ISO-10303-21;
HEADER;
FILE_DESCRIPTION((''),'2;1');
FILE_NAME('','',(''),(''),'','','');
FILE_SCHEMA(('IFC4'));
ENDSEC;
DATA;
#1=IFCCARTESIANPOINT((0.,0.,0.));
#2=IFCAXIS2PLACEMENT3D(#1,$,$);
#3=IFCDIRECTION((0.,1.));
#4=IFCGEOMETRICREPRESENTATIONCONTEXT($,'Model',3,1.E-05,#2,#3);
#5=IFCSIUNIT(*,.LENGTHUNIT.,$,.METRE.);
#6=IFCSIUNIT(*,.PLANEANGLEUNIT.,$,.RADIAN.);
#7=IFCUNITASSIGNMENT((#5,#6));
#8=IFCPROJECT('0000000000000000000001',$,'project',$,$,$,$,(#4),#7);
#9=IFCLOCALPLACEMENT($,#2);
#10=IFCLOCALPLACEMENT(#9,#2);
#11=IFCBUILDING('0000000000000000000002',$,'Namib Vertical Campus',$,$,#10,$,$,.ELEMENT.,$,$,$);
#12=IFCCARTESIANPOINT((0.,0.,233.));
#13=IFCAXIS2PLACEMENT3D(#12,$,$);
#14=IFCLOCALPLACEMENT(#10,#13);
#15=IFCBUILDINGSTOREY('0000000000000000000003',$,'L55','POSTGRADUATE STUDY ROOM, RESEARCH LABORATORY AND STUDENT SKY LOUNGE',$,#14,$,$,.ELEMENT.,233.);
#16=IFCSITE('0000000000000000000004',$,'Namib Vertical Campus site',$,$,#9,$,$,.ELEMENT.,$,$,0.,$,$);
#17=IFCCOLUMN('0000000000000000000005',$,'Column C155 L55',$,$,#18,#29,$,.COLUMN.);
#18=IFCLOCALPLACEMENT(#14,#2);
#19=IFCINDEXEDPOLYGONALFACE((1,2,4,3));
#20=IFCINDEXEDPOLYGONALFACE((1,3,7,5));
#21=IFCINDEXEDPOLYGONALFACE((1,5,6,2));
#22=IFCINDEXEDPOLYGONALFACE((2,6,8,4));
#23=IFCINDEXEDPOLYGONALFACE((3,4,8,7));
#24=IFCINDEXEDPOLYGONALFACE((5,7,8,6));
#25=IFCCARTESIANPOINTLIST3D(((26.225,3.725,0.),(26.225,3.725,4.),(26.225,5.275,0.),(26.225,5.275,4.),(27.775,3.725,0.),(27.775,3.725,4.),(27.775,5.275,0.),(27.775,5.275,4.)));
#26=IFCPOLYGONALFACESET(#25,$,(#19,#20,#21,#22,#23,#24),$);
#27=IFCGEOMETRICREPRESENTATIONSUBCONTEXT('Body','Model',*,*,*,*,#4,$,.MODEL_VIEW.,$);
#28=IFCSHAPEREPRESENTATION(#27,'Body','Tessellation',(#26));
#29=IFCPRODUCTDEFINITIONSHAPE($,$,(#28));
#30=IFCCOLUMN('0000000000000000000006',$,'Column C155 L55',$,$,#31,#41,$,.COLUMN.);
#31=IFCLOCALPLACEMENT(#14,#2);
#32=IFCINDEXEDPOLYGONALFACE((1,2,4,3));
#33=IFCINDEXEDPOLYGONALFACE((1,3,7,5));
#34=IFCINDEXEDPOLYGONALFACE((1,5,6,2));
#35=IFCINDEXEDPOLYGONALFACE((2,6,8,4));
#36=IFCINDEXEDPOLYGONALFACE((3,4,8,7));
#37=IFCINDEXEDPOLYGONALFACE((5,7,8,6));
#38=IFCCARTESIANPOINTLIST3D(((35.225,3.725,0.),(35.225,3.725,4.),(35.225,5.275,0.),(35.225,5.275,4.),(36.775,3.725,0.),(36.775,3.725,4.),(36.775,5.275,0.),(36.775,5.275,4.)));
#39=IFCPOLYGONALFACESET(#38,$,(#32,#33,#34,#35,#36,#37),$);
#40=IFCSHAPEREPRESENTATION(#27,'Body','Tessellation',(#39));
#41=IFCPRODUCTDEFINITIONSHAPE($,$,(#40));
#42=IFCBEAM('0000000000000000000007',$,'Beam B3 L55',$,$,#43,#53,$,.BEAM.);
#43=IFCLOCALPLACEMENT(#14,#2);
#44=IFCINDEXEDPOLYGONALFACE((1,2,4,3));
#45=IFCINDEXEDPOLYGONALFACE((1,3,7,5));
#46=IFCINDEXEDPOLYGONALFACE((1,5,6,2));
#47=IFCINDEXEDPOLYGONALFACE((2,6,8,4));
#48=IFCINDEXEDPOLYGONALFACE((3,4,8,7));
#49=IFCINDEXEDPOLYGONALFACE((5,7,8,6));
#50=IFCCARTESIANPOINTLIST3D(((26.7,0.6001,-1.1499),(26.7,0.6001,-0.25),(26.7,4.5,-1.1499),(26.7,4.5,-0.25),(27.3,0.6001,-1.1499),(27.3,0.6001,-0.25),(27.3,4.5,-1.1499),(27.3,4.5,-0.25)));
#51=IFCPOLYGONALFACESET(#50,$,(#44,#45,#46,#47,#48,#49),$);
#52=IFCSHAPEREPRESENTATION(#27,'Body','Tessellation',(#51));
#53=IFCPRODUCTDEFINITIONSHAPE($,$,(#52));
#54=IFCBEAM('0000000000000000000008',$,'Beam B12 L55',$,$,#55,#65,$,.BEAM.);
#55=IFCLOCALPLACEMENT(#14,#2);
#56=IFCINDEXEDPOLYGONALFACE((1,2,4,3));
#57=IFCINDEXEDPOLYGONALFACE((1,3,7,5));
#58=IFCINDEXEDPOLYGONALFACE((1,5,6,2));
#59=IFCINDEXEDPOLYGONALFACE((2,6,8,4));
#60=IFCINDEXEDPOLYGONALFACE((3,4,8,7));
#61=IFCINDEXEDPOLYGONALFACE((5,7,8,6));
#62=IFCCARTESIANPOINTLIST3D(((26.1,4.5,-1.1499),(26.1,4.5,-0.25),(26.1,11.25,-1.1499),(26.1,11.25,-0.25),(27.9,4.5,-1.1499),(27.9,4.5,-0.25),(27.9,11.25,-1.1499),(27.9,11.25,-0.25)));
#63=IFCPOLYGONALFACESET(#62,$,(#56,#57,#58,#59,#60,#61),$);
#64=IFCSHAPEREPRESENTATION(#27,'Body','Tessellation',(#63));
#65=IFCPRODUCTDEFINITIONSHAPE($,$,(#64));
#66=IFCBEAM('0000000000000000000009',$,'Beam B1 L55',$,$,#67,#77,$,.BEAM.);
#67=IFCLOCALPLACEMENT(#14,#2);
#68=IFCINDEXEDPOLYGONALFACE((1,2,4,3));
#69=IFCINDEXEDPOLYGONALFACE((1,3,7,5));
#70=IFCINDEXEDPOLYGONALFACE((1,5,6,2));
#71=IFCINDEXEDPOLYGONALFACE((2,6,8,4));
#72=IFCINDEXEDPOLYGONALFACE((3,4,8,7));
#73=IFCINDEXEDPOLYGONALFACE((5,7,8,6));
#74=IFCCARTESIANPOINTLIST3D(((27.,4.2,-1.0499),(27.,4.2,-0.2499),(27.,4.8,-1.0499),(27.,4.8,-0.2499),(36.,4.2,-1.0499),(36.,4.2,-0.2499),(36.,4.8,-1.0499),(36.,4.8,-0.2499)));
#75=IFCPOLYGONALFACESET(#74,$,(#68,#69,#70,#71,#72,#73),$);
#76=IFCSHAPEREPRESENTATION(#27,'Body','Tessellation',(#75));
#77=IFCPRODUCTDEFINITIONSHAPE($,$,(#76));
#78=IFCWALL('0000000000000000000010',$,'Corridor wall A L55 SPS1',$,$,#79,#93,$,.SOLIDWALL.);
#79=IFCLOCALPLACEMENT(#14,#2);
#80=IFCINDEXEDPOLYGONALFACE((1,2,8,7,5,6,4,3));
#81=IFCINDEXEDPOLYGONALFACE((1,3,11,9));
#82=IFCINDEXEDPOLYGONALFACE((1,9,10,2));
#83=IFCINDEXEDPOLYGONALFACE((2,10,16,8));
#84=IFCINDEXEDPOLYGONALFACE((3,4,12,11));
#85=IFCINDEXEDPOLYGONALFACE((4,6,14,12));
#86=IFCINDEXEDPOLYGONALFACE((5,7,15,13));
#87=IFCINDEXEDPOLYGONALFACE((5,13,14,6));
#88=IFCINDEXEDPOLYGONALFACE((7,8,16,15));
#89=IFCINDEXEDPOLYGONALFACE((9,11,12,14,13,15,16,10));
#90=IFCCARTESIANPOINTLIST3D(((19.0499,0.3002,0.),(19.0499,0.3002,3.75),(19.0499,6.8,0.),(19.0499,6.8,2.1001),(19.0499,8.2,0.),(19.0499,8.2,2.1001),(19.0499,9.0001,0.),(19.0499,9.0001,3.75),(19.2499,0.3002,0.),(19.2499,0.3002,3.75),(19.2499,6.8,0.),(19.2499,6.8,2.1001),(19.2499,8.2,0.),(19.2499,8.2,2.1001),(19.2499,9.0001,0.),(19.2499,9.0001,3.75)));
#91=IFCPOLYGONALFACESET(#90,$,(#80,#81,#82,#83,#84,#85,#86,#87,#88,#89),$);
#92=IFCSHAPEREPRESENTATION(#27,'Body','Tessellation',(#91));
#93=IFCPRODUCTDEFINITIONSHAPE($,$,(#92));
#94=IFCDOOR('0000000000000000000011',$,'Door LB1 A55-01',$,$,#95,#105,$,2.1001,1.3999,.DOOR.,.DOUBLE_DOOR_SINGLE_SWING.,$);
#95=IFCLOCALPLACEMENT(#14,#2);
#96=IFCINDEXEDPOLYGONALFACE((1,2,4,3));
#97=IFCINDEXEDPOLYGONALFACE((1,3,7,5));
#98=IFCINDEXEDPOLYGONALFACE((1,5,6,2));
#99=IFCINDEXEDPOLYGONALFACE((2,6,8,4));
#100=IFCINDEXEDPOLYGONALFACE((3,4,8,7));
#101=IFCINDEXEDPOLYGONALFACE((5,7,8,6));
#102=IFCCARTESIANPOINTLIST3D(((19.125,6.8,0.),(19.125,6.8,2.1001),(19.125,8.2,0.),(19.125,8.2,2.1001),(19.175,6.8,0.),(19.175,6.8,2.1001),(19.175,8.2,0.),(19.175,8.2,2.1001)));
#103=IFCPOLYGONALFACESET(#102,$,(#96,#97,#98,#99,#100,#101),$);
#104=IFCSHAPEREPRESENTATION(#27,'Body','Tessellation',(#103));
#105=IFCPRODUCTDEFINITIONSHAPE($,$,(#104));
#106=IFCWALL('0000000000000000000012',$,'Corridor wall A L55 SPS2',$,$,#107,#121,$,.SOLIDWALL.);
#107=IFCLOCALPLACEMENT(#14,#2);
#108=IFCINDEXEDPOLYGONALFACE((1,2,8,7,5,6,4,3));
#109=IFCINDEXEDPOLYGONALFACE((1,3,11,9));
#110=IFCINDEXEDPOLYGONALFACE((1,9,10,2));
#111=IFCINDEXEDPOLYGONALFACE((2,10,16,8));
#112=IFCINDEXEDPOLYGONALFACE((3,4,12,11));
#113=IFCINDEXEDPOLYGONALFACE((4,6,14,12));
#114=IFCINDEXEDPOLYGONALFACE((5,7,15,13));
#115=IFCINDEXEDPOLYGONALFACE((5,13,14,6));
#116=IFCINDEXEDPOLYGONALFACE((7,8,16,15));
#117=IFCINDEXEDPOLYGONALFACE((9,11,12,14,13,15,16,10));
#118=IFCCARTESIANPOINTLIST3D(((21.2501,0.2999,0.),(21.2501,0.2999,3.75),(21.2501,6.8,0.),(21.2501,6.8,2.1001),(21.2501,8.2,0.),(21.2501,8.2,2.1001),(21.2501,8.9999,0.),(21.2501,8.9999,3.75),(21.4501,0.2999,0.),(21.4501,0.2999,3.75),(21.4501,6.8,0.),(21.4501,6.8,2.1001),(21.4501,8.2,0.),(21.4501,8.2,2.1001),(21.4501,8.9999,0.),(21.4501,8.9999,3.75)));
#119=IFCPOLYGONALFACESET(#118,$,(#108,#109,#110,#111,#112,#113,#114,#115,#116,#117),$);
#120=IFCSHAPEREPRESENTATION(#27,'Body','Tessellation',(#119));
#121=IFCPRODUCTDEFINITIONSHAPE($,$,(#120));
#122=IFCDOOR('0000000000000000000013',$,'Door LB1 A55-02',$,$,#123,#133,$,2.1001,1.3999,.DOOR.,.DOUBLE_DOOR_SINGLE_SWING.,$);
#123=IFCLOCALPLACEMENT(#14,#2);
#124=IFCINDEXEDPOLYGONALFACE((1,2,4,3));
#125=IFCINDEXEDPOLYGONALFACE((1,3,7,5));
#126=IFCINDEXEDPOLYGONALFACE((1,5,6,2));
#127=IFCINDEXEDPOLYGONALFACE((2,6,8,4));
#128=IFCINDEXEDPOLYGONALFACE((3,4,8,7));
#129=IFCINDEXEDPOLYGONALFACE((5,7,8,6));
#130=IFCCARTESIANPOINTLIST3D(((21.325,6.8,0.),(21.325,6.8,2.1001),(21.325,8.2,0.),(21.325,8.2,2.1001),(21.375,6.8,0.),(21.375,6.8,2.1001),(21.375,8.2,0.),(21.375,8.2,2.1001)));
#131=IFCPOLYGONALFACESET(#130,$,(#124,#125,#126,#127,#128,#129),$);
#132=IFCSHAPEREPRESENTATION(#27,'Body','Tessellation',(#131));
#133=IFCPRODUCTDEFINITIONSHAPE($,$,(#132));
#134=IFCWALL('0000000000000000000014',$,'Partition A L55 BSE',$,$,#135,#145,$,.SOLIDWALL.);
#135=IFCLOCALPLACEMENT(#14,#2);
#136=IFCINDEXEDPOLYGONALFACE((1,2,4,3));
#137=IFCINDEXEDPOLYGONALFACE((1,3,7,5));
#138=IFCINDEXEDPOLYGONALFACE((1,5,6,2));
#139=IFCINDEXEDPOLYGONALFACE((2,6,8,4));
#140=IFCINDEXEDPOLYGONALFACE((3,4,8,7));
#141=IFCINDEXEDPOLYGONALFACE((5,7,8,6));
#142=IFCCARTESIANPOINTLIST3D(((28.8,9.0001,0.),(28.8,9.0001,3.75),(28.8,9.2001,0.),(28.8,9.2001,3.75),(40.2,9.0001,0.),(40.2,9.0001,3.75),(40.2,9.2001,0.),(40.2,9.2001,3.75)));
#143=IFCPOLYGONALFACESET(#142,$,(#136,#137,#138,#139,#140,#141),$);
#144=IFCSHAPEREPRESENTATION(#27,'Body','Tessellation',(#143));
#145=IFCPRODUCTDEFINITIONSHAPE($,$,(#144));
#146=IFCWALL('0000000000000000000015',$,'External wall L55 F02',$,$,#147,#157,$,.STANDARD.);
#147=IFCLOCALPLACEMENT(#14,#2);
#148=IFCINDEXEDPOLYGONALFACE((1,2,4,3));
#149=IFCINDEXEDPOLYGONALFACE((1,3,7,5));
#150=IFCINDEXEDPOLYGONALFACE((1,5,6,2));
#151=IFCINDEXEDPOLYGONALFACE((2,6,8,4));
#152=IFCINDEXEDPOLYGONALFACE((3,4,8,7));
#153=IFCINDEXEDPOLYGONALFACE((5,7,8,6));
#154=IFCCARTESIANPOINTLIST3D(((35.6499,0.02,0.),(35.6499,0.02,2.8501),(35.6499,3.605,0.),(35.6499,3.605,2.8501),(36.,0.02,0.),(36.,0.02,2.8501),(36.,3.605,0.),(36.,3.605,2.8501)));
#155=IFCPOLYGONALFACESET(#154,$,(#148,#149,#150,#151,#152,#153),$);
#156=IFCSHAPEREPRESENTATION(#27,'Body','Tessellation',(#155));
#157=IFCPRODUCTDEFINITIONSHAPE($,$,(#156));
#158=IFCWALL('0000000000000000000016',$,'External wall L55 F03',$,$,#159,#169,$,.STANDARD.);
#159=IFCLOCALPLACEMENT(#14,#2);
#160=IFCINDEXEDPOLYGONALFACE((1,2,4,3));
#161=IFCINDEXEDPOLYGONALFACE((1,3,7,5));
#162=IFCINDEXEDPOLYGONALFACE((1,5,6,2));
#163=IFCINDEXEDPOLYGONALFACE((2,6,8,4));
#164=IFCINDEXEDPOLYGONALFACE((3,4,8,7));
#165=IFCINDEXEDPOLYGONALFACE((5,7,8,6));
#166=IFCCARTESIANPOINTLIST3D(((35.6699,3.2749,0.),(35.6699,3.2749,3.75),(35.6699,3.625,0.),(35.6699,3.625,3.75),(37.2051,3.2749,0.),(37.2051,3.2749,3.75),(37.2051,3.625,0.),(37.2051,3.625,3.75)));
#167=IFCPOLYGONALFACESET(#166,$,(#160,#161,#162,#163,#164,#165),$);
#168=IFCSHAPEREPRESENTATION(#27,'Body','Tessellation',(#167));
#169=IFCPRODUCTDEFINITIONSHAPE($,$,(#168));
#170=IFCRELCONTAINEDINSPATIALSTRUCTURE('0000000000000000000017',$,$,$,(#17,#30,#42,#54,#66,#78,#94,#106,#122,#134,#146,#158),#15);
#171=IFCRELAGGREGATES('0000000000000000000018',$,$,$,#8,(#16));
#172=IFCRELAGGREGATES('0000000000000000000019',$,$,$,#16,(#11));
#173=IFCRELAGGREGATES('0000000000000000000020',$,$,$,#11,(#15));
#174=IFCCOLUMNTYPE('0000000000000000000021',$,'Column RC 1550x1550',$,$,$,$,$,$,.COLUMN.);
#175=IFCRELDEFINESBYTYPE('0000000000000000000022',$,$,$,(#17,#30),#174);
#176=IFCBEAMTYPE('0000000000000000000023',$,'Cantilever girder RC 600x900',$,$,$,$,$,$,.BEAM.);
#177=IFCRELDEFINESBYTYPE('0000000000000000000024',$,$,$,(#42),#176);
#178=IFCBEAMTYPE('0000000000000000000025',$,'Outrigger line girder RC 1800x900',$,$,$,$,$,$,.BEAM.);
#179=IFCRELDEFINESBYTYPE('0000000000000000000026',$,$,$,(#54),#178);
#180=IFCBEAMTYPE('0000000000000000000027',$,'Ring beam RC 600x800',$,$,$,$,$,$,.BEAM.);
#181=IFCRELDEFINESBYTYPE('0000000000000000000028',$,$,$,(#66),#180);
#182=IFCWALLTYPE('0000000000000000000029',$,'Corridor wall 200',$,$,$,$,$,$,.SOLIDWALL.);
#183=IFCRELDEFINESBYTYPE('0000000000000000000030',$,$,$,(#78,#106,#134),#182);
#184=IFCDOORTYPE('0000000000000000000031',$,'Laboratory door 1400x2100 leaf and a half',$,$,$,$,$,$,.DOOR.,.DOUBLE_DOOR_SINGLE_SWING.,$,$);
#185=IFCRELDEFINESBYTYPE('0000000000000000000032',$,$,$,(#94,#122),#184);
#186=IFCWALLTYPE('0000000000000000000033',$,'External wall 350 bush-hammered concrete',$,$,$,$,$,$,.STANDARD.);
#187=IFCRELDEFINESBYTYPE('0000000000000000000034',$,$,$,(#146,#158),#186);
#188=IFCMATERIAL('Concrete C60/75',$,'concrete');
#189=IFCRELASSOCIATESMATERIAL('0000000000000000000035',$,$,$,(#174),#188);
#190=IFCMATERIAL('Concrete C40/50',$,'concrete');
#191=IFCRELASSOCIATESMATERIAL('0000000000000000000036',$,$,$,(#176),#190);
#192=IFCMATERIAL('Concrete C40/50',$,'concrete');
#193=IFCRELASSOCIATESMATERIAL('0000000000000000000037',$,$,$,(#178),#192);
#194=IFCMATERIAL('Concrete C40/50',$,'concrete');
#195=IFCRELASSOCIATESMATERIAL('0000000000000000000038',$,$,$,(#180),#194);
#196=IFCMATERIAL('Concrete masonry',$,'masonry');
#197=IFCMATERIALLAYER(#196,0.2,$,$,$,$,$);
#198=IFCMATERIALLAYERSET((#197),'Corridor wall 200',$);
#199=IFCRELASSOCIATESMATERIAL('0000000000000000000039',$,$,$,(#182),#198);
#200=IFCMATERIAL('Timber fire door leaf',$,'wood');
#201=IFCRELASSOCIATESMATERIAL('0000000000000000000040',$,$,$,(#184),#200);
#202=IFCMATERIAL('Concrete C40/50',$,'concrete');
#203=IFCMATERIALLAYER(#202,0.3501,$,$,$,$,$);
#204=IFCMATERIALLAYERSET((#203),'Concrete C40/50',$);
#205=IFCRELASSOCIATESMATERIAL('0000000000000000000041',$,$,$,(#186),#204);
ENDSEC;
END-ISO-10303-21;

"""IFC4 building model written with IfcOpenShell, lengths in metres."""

from ifc_helpers import new_model, si_unit, direction, frame, frame_2d, origin, origin_2d, place, context, subcontext, project, spatial, rectangle, extrude, material, layer, layer_set, material_profile, profile_set, type_object, element, fill, save


model = new_model("IFC4")

# Units and contexts
model_context = context("Model", 3, precision=1e-05, world=origin(), true_north=direction((0.0, 1.0)))
body_context = subcontext(model_context, "Body", "Model", "MODEL_VIEW")
ifc_project = project(units=[si_unit("LENGTHUNIT", "METRE"), si_unit("PLANEANGLEUNIT", "RADIAN")], contexts=[model_context])

# Site, building, storey
site_placement = place(None, origin())
site = spatial("IfcSite", under=ifc_project, at=site_placement, Name="Namib Vertical Campus site", CompositionType="ELEMENT", RefElevation=0.0)
building_placement = place(site_placement, origin())
building = spatial("IfcBuilding", under=site, at=building_placement, Name="Namib Vertical Campus", CompositionType="ELEMENT")
storey_placement = place(building_placement, frame((0.0, 0.0, 233.0)))
storey = spatial("IfcBuildingStorey", under=building, at=storey_placement, Name="L55", Description="POSTGRADUATE STUDY ROOM, RESEARCH LABORATORY AND STUDENT SKY LOUNGE", CompositionType="ELEMENT", Elevation=233.0)

# Columns
ifc_material_1 = material(Name="Concrete C60/75", Category="concrete")
ifc_material_profile_1 = material_profile(ifc_material_1, rectangle(XDim=1.55, YDim=1.55, at=origin_2d()))
ifc_profile_set_1 = profile_set([ifc_material_profile_1], Name="Concrete C60/75")
column_type = type_object("IfcColumnType", Name="Column RC 1550x1550", PredefinedType="COLUMN", material=ifc_profile_set_1)
for number, where, z_axis, x_axis, name in (
    (1, (27.0, 4.5, 0.0), (0.0, 0.0, 1.0), (1.0, 0.0, 0.0), "Column C155 L55"),
    (2, (36.0, 4.5, 0.0), (0.0, 0.0, 1.0), (1.0, 0.0, 0.0), "Column C155 L55"),
):
    element("IfcColumn", number, at=place(storey_placement, frame(where, z_axis=z_axis, x_axis=x_axis)), inside=storey, type_object=column_type, Name=name, PredefinedType="COLUMN", context=body_context, shape_type="SweptSolid", body=[
        extrude(rectangle(XDim=1.55, YDim=1.55, at=origin_2d()), origin(), (0.0, 0.0, 1.0), 4.0),
    ])

# Beams
ifc_material_2 = material(Name="Concrete C40/50", Category="concrete")
ifc_material_profile_2 = material_profile(ifc_material_2, rectangle(XDim=0.6001, YDim=0.8999, at=origin_2d()))
ifc_profile_set_2 = profile_set([ifc_material_profile_2], Name="Concrete C40/50")
beam_type_1 = type_object("IfcBeamType", Name="Cantilever girder RC 600x900", PredefinedType="BEAM", material=ifc_profile_set_2)
beam_1_placement = place(storey_placement, frame((27.0, 4.5, -0.7), z_axis=(0.0, -1.0, 0.0), x_axis=(1.0, 0.0, 0.0)))
element("IfcBeam", 3, at=beam_1_placement, inside=storey, type_object=beam_type_1, Name="Beam B3 L55", PredefinedType="BEAM", context=body_context, shape_type="SweptSolid", body=[
    extrude(rectangle(XDim=0.6001, YDim=0.8999, at=origin_2d()), origin(), (0.0, 0.0, 1.0), 3.8999),
])
ifc_material_3 = material(Name="Concrete C40/50", Category="concrete")
ifc_material_profile_3 = material_profile(ifc_material_3, rectangle(XDim=1.8, YDim=0.8999, at=origin_2d()))
ifc_profile_set_3 = profile_set([ifc_material_profile_3], Name="Concrete C40/50")
beam_type_2 = type_object("IfcBeamType", Name="Outrigger line girder RC 1800x900", PredefinedType="BEAM", material=ifc_profile_set_3)
beam_2_placement = place(storey_placement, frame((27.0, 4.5, -0.7), z_axis=(0.0, 1.0, 0.0), x_axis=(-1.0, 0.0, 0.0)))
element("IfcBeam", 4, at=beam_2_placement, inside=storey, type_object=beam_type_2, Name="Beam B12 L55", PredefinedType="BEAM", context=body_context, shape_type="SweptSolid", body=[
    extrude(rectangle(XDim=1.8, YDim=0.8999, at=origin_2d()), origin(), (0.0, 0.0, 1.0), 6.75),
])
ifc_material_4 = material(Name="Concrete C40/50", Category="concrete")
ifc_material_profile_4 = material_profile(ifc_material_4, rectangle(XDim=0.6001, YDim=0.8, at=origin_2d()))
ifc_profile_set_4 = profile_set([ifc_material_profile_4], Name="Concrete C40/50")
beam_type_3 = type_object("IfcBeamType", Name="Ring beam RC 600x800", PredefinedType="BEAM", material=ifc_profile_set_4)
beam_3_placement = place(storey_placement, frame((27.0, 4.5, -0.6499), z_axis=(1.0, 0.0, 0.0), x_axis=(0.0, 1.0, 0.0)))
element("IfcBeam", 5, at=beam_3_placement, inside=storey, type_object=beam_type_3, Name="Beam B1 L55", PredefinedType="BEAM", context=body_context, shape_type="SweptSolid", body=[
    extrude(rectangle(XDim=0.6001, YDim=0.8, at=origin_2d()), origin(), (0.0, 0.0, 1.0), 9.0),
])

# Walls, openings, doors
ifc_material_5 = material(Name="Concrete masonry", Category="masonry")
ifc_layer_1 = layer(ifc_material_5, 0.2)
ifc_layer_set_1 = layer_set([ifc_layer_1], Name="Corridor wall 200")
wall_type_1 = type_object("IfcWallType", Name="Corridor wall 200", PredefinedType="SOLIDWALL", material=ifc_layer_set_1)
wall_1_placement = place(storey_placement, frame((19.1499, 0.3, 0.0), z_axis=(0.0, 0.0, 1.0), x_axis=(0.0, 1.0, 0.0)))
wall_1 = element("IfcWall", 6, at=wall_1_placement, inside=storey, type_object=wall_type_1, Name="Corridor wall A L55 SPS1", PredefinedType="SOLIDWALL", context=body_context, shape_type="SweptSolid", body=[
    extrude(rectangle(XDim=8.7, YDim=0.2, at=frame_2d((4.3501, 0.0))), origin(), (0.0, 0.0, 1.0), 3.75),
])
opening_1_placement = place(wall_1_placement, frame((6.5, 0.0, 0.0)))
opening_1 = element("IfcOpeningElement", 7, at=opening_1_placement, cuts=wall_1, PredefinedType="OPENING", context=body_context, shape_type="SweptSolid", body=[
    extrude(rectangle(XDim=1.3999, YDim=2.1001, at=frame_2d((0.7, 1.05))), frame((0.0, 0.1099, 0.0), z_axis=(0.0, -1.0, 0.0), x_axis=(1.0, 0.0, 0.0)), (0.0, 0.0, 1.0), 0.22),
])
ifc_material_6 = material(Name="Timber fire door leaf", Category="wood")
door_type = type_object("IfcDoorType", Name="Laboratory door 1400x2100 leaf and a half", OperationType="DOUBLE_DOOR_SINGLE_SWING", PredefinedType="DOOR", material=ifc_material_6)
door_1_placement = place(opening_1_placement, origin())
door_1 = element("IfcDoor", 8, at=door_1_placement, inside=storey, type_object=door_type, Name="Door LB1 A55-01", OperationType="DOUBLE_DOOR_SINGLE_SWING", OverallHeight=2.1001, OverallWidth=1.3999, PredefinedType="DOOR", context=body_context, shape_type="SweptSolid", body=[
    extrude(rectangle(XDim=1.3999, YDim=2.1001, at=frame_2d((0.7, 1.05))), frame((0.0, 0.0249, 0.0), z_axis=(0.0, -1.0, 0.0), x_axis=(1.0, 0.0, 0.0)), (0.0, 0.0, 1.0), 0.05),
])
fill(opening_1, door_1)
wall_2_placement = place(storey_placement, frame((21.3501, 9.0, 0.0), z_axis=(0.0, 0.0, 1.0), x_axis=(0.0, -1.0, 0.0)))
wall_2 = element("IfcWall", 9, at=wall_2_placement, inside=storey, type_object=wall_type_1, Name="Corridor wall A L55 SPS2", PredefinedType="SOLIDWALL", context=body_context, shape_type="SweptSolid", body=[
    extrude(rectangle(XDim=8.7, YDim=0.2, at=frame_2d((4.3501, 0.0))), origin(), (0.0, 0.0, 1.0), 3.75),
])
opening_2_placement = place(wall_2_placement, frame((0.8, 0.0, 0.0)))
opening_2 = element("IfcOpeningElement", 10, at=opening_2_placement, cuts=wall_2, PredefinedType="OPENING", context=body_context, shape_type="SweptSolid", body=[
    extrude(rectangle(XDim=1.3999, YDim=2.1001, at=frame_2d((0.7, 1.05))), frame((0.0, 0.1099, 0.0), z_axis=(0.0, -1.0, 0.0), x_axis=(1.0, 0.0, 0.0)), (0.0, 0.0, 1.0), 0.22),
])
door_2_placement = place(opening_2_placement, origin())
door_2 = element("IfcDoor", 11, at=door_2_placement, inside=storey, type_object=door_type, Name="Door LB1 A55-02", OperationType="DOUBLE_DOOR_SINGLE_SWING", OverallHeight=2.1001, OverallWidth=1.3999, PredefinedType="DOOR", context=body_context, shape_type="SweptSolid", body=[
    extrude(rectangle(XDim=1.3999, YDim=2.1001, at=frame_2d((0.7, 1.05))), frame((0.0, 0.0249, 0.0), z_axis=(0.0, -1.0, 0.0), x_axis=(1.0, 0.0, 0.0)), (0.0, 0.0, 1.0), 0.05),
])
fill(opening_2, door_2)

# Walls
wall_3_placement = place(storey_placement, frame((28.8, 9.1001, 0.0), z_axis=(0.0, 0.0, 1.0), x_axis=(1.0, 0.0, 0.0)))
element("IfcWall", 12, at=wall_3_placement, inside=storey, type_object=wall_type_1, Name="Partition A L55 BSE", PredefinedType="SOLIDWALL", context=body_context, shape_type="SweptSolid", body=[
    extrude(rectangle(XDim=11.3999, YDim=0.2, at=frame_2d((5.7, 0.0))), origin(), (0.0, 0.0, 1.0), 3.75),
])
ifc_material_7 = material(Name="Concrete C40/50", Category="concrete")
ifc_layer_2 = layer(ifc_material_7, 0.3501)
ifc_layer_set_2 = layer_set([ifc_layer_2], Name="Concrete C40/50")
wall_type_2 = type_object("IfcWallType", Name="External wall 350 bush-hammered concrete", PredefinedType="STANDARD", material=ifc_layer_set_2)
wall_4_placement = place(storey_placement, frame((35.825, 0.02, 0.0), z_axis=(0.0, 0.0, 1.0), x_axis=(0.0, 1.0, 0.0)))
element("IfcWall", 13, at=wall_4_placement, inside=storey, type_object=wall_type_2, Name="External wall L55 F02", PredefinedType="STANDARD", context=body_context, shape_type="SweptSolid", body=[
    extrude(rectangle(XDim=3.585, YDim=0.3501, at=frame_2d((1.7925, 0.0))), origin(), (0.0, 0.0, 1.0), 2.8501),
])
wall_5_placement = place(storey_placement, frame((35.6699, 3.45, 0.0), z_axis=(0.0, 0.0, 1.0), x_axis=(1.0, 0.0, 0.0)))
element("IfcWall", 14, at=wall_5_placement, inside=storey, type_object=wall_type_2, Name="External wall L55 F03", PredefinedType="STANDARD", context=body_context, shape_type="SweptSolid", body=[
    extrude(rectangle(XDim=1.5352, YDim=0.3501, at=frame_2d((0.7676, 0.0))), origin(), (0.0, 0.0, 1.0), 3.75),
])

save(model, "model.ifc")
